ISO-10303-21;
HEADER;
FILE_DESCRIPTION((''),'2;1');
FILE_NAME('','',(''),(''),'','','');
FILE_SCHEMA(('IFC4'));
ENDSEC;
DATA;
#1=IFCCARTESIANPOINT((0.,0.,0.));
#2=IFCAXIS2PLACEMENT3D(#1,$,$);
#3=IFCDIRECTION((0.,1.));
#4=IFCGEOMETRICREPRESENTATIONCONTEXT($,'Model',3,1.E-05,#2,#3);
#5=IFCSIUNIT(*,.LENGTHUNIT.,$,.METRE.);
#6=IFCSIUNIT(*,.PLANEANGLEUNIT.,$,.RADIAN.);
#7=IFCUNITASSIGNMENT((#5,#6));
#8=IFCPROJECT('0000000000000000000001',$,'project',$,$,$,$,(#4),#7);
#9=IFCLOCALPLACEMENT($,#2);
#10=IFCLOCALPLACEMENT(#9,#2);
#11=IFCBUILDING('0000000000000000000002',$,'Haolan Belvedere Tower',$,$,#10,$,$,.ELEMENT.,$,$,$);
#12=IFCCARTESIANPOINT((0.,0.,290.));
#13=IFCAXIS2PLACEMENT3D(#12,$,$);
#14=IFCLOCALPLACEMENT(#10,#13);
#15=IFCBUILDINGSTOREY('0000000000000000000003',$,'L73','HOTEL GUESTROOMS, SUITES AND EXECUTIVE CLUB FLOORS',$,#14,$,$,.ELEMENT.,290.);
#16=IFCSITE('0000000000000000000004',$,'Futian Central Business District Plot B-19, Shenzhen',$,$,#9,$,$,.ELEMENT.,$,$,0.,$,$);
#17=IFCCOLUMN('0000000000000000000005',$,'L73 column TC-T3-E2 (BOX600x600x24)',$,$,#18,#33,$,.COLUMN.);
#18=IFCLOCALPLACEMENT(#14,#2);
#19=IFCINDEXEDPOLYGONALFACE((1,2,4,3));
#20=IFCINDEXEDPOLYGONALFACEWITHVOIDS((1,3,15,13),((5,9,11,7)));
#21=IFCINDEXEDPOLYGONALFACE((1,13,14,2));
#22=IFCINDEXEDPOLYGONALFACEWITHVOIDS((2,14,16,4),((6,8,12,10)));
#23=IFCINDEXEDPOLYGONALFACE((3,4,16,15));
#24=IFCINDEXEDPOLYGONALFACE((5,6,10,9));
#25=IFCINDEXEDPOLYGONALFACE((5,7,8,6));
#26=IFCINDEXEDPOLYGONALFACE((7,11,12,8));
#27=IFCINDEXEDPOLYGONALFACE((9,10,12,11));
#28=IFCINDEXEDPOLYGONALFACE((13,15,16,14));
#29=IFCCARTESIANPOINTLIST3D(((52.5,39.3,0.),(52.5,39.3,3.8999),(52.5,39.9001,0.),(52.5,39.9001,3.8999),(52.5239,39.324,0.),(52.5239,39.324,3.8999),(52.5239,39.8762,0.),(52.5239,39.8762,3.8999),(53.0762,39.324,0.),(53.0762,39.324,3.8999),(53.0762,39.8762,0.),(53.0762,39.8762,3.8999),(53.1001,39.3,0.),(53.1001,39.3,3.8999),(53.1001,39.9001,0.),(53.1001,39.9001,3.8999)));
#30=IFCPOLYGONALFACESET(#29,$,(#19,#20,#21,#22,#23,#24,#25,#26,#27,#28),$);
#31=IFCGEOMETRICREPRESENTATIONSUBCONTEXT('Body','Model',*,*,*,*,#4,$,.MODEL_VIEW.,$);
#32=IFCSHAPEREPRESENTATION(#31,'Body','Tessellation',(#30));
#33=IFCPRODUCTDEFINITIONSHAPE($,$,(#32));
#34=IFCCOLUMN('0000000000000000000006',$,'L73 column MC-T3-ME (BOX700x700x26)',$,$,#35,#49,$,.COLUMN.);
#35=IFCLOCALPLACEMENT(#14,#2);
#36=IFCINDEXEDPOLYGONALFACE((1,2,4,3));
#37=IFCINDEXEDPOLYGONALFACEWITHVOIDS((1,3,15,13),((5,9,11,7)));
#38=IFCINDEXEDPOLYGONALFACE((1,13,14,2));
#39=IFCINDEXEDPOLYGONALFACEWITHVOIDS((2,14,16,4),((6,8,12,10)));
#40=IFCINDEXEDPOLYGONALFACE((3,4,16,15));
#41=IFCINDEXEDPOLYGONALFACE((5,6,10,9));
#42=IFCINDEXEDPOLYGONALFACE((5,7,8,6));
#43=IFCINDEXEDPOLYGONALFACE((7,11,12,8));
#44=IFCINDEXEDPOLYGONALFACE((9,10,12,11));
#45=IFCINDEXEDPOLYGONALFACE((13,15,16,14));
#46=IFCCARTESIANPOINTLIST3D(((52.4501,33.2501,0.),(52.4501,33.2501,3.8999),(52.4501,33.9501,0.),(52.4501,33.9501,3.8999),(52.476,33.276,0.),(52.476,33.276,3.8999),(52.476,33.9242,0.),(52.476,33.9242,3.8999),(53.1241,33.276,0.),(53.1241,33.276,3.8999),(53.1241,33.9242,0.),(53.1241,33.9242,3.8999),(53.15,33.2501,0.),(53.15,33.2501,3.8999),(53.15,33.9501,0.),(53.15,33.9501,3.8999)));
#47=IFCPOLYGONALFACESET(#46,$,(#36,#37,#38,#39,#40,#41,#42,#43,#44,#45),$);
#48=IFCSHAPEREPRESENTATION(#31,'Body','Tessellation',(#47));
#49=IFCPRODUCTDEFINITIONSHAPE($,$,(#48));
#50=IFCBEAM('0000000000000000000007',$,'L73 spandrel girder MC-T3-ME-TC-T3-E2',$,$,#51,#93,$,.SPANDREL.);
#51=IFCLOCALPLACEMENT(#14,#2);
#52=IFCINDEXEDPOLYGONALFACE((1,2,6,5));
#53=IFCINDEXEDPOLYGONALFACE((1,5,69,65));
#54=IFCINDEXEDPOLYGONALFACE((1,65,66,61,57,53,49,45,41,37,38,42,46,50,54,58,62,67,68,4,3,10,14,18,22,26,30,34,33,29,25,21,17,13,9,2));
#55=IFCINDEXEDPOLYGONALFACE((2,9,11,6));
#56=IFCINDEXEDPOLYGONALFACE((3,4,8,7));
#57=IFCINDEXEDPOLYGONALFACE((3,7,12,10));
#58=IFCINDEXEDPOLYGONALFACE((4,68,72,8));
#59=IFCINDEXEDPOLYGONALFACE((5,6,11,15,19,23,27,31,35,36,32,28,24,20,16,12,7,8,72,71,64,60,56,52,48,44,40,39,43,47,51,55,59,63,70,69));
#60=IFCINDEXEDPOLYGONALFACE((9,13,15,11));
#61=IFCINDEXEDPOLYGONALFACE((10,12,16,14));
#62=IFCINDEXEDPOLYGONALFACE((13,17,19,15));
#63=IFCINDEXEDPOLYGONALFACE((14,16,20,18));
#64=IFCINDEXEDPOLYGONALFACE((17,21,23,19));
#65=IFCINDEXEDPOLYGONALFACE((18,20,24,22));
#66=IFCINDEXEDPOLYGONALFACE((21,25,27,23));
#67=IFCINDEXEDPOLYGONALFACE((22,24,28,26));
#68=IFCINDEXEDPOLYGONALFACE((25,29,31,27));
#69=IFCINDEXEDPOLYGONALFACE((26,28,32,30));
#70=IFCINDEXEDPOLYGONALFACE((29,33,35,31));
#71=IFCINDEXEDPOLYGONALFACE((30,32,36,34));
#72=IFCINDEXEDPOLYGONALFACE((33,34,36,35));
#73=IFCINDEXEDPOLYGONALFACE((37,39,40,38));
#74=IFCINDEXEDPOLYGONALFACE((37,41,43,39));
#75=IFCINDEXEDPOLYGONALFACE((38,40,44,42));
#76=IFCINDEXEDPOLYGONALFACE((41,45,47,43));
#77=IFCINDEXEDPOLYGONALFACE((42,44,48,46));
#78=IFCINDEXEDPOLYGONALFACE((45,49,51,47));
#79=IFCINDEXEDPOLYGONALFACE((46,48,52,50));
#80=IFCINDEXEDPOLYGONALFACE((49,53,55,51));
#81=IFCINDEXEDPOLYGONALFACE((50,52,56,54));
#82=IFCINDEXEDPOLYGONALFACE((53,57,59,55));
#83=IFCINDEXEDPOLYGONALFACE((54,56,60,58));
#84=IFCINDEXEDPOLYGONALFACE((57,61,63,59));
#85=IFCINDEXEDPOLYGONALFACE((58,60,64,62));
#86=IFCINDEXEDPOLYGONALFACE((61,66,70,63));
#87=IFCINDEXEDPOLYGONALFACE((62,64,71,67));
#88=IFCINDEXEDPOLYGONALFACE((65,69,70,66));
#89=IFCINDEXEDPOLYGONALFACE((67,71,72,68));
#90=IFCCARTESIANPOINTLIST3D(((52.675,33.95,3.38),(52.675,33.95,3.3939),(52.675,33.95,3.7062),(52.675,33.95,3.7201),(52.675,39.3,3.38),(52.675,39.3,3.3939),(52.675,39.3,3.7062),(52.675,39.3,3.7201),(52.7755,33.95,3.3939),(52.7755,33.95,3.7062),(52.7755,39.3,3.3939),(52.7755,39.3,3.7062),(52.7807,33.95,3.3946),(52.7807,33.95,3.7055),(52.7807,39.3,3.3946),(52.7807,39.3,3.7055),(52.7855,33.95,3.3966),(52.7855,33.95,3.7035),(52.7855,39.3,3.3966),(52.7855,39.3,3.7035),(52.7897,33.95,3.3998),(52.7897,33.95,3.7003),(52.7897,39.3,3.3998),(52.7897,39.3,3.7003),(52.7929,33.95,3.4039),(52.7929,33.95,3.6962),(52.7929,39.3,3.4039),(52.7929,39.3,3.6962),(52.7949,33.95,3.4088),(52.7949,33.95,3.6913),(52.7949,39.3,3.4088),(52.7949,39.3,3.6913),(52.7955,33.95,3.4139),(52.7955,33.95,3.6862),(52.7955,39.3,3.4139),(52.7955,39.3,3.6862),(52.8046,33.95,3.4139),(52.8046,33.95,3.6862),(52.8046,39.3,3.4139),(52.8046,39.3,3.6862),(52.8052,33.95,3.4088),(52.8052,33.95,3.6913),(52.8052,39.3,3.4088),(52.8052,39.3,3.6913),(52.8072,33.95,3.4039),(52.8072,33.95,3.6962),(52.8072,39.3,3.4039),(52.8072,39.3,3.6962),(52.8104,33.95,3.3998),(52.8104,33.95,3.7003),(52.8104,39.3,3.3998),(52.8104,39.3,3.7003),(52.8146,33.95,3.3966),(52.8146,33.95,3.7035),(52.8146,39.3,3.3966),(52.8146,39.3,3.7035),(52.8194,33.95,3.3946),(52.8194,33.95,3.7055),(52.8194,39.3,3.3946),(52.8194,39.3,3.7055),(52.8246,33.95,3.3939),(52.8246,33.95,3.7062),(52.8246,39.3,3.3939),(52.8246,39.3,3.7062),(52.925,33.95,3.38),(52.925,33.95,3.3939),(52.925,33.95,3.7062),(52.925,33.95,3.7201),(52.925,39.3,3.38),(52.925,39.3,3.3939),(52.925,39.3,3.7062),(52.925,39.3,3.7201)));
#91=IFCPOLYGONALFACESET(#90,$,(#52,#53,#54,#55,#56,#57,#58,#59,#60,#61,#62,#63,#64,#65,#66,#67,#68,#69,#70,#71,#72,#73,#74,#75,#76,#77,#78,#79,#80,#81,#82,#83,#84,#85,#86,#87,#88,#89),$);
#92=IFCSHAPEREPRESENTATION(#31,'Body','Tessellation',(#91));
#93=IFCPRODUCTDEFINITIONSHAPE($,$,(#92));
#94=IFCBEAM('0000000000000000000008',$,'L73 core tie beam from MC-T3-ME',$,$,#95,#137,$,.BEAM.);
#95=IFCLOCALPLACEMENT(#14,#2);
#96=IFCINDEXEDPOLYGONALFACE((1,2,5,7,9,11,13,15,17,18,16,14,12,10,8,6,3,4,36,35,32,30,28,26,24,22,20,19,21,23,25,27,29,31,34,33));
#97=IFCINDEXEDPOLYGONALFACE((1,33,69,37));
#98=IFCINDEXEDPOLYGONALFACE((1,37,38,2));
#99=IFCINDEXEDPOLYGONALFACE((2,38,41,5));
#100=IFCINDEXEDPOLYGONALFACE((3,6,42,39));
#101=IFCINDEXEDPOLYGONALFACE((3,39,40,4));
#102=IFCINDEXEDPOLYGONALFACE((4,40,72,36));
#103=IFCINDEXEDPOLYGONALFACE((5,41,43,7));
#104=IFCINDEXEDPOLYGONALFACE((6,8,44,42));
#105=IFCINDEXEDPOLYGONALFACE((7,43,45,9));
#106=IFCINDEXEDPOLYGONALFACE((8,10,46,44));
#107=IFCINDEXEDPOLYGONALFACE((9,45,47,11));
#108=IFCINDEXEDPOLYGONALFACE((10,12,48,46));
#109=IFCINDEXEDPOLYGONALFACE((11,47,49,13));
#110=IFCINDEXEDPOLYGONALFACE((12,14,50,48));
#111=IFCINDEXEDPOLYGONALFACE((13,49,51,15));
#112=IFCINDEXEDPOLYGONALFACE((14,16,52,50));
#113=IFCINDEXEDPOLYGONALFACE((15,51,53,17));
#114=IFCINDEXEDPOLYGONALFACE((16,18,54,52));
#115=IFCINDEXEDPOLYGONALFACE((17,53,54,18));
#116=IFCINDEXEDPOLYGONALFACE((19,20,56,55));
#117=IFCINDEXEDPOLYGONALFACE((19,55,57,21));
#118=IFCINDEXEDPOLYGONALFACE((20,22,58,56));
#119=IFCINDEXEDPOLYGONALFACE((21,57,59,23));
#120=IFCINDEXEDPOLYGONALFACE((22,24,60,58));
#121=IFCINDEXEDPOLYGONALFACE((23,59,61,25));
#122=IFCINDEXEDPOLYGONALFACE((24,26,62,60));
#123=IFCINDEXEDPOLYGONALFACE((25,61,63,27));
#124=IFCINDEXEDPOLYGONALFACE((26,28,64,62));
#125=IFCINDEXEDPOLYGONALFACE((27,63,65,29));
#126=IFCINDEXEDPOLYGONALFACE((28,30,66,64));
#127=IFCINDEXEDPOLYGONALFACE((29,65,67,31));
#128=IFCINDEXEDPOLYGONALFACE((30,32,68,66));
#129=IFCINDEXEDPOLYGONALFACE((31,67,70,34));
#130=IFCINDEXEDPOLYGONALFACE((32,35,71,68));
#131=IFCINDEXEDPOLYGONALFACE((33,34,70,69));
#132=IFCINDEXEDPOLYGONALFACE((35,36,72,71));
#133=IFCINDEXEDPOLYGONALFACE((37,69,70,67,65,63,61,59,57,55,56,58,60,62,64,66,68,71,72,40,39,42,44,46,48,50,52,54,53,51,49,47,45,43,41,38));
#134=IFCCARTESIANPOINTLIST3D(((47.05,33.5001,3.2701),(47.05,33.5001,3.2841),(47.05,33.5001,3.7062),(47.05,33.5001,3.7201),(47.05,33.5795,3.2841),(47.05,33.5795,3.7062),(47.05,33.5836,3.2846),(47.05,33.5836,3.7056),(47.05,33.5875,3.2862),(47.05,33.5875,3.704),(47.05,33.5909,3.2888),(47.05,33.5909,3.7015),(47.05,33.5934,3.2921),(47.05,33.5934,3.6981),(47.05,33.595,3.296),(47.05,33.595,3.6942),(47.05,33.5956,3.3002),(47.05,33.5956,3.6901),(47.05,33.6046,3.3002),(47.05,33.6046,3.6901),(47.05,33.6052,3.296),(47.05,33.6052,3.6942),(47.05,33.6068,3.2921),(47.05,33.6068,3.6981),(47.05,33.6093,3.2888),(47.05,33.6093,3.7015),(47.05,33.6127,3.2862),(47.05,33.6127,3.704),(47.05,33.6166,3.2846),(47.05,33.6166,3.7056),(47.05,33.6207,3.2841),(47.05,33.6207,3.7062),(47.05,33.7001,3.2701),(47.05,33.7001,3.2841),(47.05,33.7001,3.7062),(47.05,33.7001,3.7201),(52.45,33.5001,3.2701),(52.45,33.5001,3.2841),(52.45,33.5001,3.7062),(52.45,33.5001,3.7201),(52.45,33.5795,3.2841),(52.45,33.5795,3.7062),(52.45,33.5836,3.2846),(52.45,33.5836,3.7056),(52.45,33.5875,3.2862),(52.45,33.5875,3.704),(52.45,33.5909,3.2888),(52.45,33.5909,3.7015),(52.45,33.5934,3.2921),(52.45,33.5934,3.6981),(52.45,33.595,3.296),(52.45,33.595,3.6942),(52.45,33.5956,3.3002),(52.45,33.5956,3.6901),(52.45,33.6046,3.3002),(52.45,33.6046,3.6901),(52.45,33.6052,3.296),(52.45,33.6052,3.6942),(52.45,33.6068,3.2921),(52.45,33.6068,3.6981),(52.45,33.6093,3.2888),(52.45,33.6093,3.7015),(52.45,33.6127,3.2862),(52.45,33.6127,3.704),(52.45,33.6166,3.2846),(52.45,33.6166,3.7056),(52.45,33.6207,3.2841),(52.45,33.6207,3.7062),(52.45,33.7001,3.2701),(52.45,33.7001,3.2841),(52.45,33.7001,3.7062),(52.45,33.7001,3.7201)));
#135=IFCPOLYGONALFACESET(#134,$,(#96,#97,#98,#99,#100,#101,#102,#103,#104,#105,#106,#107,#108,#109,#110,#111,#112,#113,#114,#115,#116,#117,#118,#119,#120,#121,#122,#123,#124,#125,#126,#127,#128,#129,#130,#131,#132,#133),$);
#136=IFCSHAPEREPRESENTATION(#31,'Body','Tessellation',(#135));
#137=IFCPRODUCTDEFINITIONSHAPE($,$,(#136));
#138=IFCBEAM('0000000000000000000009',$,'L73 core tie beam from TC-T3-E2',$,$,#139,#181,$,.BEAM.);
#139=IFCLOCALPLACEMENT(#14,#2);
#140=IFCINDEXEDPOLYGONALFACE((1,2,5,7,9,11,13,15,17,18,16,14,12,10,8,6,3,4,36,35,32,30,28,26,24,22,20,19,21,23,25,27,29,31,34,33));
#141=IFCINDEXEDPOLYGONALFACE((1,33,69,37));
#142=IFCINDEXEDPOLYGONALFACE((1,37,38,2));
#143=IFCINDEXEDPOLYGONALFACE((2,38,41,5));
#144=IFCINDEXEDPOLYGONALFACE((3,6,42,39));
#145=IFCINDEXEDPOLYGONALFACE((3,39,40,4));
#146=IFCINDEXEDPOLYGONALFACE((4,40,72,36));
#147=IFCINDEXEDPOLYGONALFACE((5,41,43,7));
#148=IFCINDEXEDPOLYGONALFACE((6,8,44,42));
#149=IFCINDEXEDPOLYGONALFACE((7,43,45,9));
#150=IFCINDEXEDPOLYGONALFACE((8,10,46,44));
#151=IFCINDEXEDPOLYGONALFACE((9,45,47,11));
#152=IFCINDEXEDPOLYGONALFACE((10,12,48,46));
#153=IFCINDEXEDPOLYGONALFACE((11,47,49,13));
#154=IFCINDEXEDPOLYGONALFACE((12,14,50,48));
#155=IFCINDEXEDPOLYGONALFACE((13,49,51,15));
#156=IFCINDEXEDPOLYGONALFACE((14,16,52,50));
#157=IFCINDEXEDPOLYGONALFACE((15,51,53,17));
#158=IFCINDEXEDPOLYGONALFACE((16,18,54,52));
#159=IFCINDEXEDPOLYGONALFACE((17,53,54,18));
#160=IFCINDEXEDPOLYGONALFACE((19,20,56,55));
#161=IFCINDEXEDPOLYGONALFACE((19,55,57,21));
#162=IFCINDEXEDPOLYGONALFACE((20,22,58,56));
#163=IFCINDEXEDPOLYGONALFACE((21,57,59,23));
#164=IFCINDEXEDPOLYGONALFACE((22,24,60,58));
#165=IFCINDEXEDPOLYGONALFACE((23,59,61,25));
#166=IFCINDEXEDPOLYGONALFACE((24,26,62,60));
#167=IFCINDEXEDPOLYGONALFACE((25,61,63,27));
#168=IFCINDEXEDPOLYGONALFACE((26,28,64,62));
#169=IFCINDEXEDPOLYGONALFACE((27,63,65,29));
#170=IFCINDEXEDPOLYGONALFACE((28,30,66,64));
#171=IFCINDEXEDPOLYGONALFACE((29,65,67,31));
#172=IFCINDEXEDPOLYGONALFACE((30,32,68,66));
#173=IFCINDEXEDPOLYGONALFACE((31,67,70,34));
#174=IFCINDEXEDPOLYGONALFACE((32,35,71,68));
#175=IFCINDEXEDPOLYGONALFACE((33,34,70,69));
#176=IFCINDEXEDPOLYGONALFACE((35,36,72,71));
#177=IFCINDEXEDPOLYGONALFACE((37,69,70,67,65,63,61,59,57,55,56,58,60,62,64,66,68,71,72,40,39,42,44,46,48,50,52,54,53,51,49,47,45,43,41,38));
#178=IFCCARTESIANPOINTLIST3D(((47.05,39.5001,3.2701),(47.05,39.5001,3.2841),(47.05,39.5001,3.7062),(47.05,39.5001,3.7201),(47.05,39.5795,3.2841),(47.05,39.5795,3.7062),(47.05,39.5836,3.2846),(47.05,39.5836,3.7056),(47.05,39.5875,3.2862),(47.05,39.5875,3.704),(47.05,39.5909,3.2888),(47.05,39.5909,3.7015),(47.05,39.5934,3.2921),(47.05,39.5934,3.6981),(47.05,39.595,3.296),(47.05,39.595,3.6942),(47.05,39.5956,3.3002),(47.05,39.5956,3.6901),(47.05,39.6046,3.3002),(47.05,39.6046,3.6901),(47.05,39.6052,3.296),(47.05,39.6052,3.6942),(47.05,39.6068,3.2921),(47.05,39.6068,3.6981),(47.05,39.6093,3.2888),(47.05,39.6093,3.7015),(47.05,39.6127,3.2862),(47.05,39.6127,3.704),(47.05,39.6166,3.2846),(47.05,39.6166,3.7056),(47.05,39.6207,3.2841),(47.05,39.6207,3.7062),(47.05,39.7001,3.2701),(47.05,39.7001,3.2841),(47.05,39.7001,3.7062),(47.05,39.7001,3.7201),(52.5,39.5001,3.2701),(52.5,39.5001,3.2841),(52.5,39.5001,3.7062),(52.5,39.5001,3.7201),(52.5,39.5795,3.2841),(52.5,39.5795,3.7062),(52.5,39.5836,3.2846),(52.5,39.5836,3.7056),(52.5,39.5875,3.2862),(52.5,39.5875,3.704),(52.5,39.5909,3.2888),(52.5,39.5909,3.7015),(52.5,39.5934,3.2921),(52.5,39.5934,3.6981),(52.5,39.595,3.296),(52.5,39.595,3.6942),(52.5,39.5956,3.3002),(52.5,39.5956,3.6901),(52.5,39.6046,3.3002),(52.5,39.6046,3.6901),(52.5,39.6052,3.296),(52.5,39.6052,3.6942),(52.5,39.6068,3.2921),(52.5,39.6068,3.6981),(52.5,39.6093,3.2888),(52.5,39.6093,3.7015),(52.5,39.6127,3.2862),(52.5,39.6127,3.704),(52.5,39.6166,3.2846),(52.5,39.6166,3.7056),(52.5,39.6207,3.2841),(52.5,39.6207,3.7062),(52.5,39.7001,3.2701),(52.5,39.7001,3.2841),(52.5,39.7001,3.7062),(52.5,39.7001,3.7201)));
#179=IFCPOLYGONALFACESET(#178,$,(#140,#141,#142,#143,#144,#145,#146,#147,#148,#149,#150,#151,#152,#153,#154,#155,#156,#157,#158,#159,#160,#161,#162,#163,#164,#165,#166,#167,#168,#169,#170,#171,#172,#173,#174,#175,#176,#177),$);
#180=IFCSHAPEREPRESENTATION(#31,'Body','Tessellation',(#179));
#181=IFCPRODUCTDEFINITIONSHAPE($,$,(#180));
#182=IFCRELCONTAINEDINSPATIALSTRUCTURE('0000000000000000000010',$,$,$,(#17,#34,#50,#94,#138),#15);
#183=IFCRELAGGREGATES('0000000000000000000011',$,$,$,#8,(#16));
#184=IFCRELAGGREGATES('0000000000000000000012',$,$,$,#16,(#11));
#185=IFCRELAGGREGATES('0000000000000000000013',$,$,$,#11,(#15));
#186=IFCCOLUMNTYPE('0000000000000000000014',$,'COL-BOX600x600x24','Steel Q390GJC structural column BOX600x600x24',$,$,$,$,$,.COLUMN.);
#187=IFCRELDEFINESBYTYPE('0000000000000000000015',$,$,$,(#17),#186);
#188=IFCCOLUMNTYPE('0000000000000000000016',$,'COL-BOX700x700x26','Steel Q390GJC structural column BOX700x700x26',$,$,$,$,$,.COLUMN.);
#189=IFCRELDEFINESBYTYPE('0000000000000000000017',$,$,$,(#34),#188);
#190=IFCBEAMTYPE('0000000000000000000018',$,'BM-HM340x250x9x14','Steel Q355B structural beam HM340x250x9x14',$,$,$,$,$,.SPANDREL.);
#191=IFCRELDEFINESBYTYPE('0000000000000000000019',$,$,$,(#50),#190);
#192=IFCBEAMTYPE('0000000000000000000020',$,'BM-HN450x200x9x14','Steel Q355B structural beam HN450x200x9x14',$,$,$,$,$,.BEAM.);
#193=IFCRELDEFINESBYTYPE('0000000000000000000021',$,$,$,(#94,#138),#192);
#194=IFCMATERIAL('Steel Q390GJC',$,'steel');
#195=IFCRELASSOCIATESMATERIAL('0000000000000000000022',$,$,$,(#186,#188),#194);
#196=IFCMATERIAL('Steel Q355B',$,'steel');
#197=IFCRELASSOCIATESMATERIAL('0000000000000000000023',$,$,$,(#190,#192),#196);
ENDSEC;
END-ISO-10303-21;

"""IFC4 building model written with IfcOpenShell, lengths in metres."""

from ifc_helpers import new_model, si_unit, direction, frame, origin, origin_2d, place, context, subcontext, project, spatial, hollow_rectangle, i_section, extrude, material, material_profile, profile_set, type_object, element, save


model = new_model("IFC4")

# Units and contexts
model_context = context("Model", 3, precision=1e-05, world=origin(), true_north=direction((0.0, 1.0)))
body_context = subcontext(model_context, "Body", "Model", "MODEL_VIEW")
ifc_project = project(units=[si_unit("LENGTHUNIT", "METRE"), si_unit("PLANEANGLEUNIT", "RADIAN")], contexts=[model_context])

# Site, building, storey
site_placement = place(None, origin())
site = spatial("IfcSite", under=ifc_project, at=site_placement, Name="Futian Central Business District Plot B-19, Shenzhen", CompositionType="ELEMENT", RefElevation=0.0)
building_placement = place(site_placement, origin())
building = spatial("IfcBuilding", under=site, at=building_placement, Name="Haolan Belvedere Tower", CompositionType="ELEMENT")
storey_placement = place(building_placement, frame((0.0, 0.0, 290.0)))
storey = spatial("IfcBuildingStorey", under=building, at=storey_placement, Name="L73", Description="HOTEL GUESTROOMS, SUITES AND EXECUTIVE CLUB FLOORS", CompositionType="ELEMENT", Elevation=290.0)

# Columns
ifc_material_1 = material(Name="Steel Q390GJC", Category="steel")
ifc_material_profile_1 = material_profile(ifc_material_1, hollow_rectangle(XDim=0.6001, YDim=0.6001, WallThickness=0.0239, at=origin_2d()), Name="Steel Q390GJC")
ifc_profile_set_1 = profile_set([ifc_material_profile_1], Name="Steel Q390GJC")
column_type_1 = type_object("IfcColumnType", Name="COL-BOX600x600x24", Description="Steel Q390GJC structural column BOX600x600x24", PredefinedType="COLUMN", material=ifc_profile_set_1)
column_1_placement = place(storey_placement, frame((52.8, 39.6001, 0.0), z_axis=(0.0, 0.0, 1.0), x_axis=(1.0, 0.0, 0.0)))
element("IfcColumn", 1, at=column_1_placement, inside=storey, type_object=column_type_1, Name="L73 column TC-T3-E2 (BOX600x600x24)", PredefinedType="COLUMN", context=body_context, shape_type="SweptSolid", body=[
    extrude(hollow_rectangle(XDim=0.6001, YDim=0.6001, WallThickness=0.0239, at=origin_2d()), origin(), (0.0, 0.0, 1.0), 3.8999),
])
ifc_material_profile_2 = material_profile(ifc_material_1, hollow_rectangle(XDim=0.7, YDim=0.7, WallThickness=0.0259, at=origin_2d()), Name="Steel Q390GJC")
ifc_profile_set_2 = profile_set([ifc_material_profile_2], Name="Steel Q390GJC")
column_type_2 = type_object("IfcColumnType", Name="COL-BOX700x700x26", Description="Steel Q390GJC structural column BOX700x700x26", PredefinedType="COLUMN", material=ifc_profile_set_2)
column_2_placement = place(storey_placement, frame((52.8, 33.6001, 0.0), z_axis=(0.0, 0.0, 1.0), x_axis=(1.0, 0.0, 0.0)))
element("IfcColumn", 2, at=column_2_placement, inside=storey, type_object=column_type_2, Name="L73 column MC-T3-ME (BOX700x700x26)", PredefinedType="COLUMN", context=body_context, shape_type="SweptSolid", body=[
    extrude(hollow_rectangle(XDim=0.7, YDim=0.7, WallThickness=0.0259, at=origin_2d()), origin(), (0.0, 0.0, 1.0), 3.8999),
])

# Beams
ifc_material_2 = material(Name="Steel Q355B", Category="steel")
ifc_material_profile_3 = material_profile(ifc_material_2, i_section(OverallWidth=0.25, OverallDepth=0.3401, WebThickness=0.009, FlangeThickness=0.0139, FilletRadius=0.02, at=origin_2d()), Name="Steel Q355B")
ifc_profile_set_3 = profile_set([ifc_material_profile_3], Name="Steel Q355B")
beam_type_1 = type_object("IfcBeamType", Name="BM-HM340x250x9x14", Description="Steel Q355B structural beam HM340x250x9x14", PredefinedType="SPANDREL", material=ifc_profile_set_3)
beam_1_placement = place(storey_placement, frame((52.8, 33.95, 3.55), z_axis=(0.0, 1.0, 0.0), x_axis=(-1.0, 0.0, 0.0)))
element("IfcBeam", 3, at=beam_1_placement, inside=storey, type_object=beam_type_1, Name="L73 spandrel girder MC-T3-ME-TC-T3-E2", PredefinedType="SPANDREL", context=body_context, shape_type="SweptSolid", body=[
    extrude(i_section(OverallWidth=0.25, OverallDepth=0.3401, WebThickness=0.009, FlangeThickness=0.0139, FilletRadius=0.02, at=origin_2d()), origin(), (0.0, 0.0, 1.0), 5.3501),
])
ifc_material_profile_4 = material_profile(ifc_material_2, i_section(OverallWidth=0.2, OverallDepth=0.45, WebThickness=0.009, FlangeThickness=0.0139, FilletRadius=0.0161, at=origin_2d()), Name="Steel Q355B")
ifc_profile_set_4 = profile_set([ifc_material_profile_4], Name="Steel Q355B")
beam_type_2 = type_object("IfcBeamType", Name="BM-HN450x200x9x14", Description="Steel Q355B structural beam HN450x200x9x14", PredefinedType="BEAM", material=ifc_profile_set_4)
beam_2_placement = place(storey_placement, frame((52.45, 33.6001, 3.4951), z_axis=(-1.0, 0.0, 0.0), x_axis=(0.0, -1.0, 0.0)))
element("IfcBeam", 4, at=beam_2_placement, inside=storey, type_object=beam_type_2, Name="L73 core tie beam from MC-T3-ME", PredefinedType="BEAM", context=body_context, shape_type="SweptSolid", body=[
    extrude(i_section(OverallWidth=0.2, OverallDepth=0.45, WebThickness=0.009, FlangeThickness=0.0139, FilletRadius=0.0161, at=origin_2d()), origin(), (0.0, 0.0, 1.0), 5.3999),
])
beam_3_placement = place(storey_placement, frame((52.5, 39.6001, 3.4951), z_axis=(-1.0, 0.0, 0.0), x_axis=(0.0, -1.0, 0.0)))
element("IfcBeam", 5, at=beam_3_placement, inside=storey, type_object=beam_type_2, Name="L73 core tie beam from TC-T3-E2", PredefinedType="BEAM", context=body_context, shape_type="SweptSolid", body=[
    extrude(i_section(OverallWidth=0.2, OverallDepth=0.45, WebThickness=0.009, FlangeThickness=0.0139, FilletRadius=0.0161, at=origin_2d()), origin(), (0.0, 0.0, 1.0), 5.45),
])

save(model, "model.ifc")
